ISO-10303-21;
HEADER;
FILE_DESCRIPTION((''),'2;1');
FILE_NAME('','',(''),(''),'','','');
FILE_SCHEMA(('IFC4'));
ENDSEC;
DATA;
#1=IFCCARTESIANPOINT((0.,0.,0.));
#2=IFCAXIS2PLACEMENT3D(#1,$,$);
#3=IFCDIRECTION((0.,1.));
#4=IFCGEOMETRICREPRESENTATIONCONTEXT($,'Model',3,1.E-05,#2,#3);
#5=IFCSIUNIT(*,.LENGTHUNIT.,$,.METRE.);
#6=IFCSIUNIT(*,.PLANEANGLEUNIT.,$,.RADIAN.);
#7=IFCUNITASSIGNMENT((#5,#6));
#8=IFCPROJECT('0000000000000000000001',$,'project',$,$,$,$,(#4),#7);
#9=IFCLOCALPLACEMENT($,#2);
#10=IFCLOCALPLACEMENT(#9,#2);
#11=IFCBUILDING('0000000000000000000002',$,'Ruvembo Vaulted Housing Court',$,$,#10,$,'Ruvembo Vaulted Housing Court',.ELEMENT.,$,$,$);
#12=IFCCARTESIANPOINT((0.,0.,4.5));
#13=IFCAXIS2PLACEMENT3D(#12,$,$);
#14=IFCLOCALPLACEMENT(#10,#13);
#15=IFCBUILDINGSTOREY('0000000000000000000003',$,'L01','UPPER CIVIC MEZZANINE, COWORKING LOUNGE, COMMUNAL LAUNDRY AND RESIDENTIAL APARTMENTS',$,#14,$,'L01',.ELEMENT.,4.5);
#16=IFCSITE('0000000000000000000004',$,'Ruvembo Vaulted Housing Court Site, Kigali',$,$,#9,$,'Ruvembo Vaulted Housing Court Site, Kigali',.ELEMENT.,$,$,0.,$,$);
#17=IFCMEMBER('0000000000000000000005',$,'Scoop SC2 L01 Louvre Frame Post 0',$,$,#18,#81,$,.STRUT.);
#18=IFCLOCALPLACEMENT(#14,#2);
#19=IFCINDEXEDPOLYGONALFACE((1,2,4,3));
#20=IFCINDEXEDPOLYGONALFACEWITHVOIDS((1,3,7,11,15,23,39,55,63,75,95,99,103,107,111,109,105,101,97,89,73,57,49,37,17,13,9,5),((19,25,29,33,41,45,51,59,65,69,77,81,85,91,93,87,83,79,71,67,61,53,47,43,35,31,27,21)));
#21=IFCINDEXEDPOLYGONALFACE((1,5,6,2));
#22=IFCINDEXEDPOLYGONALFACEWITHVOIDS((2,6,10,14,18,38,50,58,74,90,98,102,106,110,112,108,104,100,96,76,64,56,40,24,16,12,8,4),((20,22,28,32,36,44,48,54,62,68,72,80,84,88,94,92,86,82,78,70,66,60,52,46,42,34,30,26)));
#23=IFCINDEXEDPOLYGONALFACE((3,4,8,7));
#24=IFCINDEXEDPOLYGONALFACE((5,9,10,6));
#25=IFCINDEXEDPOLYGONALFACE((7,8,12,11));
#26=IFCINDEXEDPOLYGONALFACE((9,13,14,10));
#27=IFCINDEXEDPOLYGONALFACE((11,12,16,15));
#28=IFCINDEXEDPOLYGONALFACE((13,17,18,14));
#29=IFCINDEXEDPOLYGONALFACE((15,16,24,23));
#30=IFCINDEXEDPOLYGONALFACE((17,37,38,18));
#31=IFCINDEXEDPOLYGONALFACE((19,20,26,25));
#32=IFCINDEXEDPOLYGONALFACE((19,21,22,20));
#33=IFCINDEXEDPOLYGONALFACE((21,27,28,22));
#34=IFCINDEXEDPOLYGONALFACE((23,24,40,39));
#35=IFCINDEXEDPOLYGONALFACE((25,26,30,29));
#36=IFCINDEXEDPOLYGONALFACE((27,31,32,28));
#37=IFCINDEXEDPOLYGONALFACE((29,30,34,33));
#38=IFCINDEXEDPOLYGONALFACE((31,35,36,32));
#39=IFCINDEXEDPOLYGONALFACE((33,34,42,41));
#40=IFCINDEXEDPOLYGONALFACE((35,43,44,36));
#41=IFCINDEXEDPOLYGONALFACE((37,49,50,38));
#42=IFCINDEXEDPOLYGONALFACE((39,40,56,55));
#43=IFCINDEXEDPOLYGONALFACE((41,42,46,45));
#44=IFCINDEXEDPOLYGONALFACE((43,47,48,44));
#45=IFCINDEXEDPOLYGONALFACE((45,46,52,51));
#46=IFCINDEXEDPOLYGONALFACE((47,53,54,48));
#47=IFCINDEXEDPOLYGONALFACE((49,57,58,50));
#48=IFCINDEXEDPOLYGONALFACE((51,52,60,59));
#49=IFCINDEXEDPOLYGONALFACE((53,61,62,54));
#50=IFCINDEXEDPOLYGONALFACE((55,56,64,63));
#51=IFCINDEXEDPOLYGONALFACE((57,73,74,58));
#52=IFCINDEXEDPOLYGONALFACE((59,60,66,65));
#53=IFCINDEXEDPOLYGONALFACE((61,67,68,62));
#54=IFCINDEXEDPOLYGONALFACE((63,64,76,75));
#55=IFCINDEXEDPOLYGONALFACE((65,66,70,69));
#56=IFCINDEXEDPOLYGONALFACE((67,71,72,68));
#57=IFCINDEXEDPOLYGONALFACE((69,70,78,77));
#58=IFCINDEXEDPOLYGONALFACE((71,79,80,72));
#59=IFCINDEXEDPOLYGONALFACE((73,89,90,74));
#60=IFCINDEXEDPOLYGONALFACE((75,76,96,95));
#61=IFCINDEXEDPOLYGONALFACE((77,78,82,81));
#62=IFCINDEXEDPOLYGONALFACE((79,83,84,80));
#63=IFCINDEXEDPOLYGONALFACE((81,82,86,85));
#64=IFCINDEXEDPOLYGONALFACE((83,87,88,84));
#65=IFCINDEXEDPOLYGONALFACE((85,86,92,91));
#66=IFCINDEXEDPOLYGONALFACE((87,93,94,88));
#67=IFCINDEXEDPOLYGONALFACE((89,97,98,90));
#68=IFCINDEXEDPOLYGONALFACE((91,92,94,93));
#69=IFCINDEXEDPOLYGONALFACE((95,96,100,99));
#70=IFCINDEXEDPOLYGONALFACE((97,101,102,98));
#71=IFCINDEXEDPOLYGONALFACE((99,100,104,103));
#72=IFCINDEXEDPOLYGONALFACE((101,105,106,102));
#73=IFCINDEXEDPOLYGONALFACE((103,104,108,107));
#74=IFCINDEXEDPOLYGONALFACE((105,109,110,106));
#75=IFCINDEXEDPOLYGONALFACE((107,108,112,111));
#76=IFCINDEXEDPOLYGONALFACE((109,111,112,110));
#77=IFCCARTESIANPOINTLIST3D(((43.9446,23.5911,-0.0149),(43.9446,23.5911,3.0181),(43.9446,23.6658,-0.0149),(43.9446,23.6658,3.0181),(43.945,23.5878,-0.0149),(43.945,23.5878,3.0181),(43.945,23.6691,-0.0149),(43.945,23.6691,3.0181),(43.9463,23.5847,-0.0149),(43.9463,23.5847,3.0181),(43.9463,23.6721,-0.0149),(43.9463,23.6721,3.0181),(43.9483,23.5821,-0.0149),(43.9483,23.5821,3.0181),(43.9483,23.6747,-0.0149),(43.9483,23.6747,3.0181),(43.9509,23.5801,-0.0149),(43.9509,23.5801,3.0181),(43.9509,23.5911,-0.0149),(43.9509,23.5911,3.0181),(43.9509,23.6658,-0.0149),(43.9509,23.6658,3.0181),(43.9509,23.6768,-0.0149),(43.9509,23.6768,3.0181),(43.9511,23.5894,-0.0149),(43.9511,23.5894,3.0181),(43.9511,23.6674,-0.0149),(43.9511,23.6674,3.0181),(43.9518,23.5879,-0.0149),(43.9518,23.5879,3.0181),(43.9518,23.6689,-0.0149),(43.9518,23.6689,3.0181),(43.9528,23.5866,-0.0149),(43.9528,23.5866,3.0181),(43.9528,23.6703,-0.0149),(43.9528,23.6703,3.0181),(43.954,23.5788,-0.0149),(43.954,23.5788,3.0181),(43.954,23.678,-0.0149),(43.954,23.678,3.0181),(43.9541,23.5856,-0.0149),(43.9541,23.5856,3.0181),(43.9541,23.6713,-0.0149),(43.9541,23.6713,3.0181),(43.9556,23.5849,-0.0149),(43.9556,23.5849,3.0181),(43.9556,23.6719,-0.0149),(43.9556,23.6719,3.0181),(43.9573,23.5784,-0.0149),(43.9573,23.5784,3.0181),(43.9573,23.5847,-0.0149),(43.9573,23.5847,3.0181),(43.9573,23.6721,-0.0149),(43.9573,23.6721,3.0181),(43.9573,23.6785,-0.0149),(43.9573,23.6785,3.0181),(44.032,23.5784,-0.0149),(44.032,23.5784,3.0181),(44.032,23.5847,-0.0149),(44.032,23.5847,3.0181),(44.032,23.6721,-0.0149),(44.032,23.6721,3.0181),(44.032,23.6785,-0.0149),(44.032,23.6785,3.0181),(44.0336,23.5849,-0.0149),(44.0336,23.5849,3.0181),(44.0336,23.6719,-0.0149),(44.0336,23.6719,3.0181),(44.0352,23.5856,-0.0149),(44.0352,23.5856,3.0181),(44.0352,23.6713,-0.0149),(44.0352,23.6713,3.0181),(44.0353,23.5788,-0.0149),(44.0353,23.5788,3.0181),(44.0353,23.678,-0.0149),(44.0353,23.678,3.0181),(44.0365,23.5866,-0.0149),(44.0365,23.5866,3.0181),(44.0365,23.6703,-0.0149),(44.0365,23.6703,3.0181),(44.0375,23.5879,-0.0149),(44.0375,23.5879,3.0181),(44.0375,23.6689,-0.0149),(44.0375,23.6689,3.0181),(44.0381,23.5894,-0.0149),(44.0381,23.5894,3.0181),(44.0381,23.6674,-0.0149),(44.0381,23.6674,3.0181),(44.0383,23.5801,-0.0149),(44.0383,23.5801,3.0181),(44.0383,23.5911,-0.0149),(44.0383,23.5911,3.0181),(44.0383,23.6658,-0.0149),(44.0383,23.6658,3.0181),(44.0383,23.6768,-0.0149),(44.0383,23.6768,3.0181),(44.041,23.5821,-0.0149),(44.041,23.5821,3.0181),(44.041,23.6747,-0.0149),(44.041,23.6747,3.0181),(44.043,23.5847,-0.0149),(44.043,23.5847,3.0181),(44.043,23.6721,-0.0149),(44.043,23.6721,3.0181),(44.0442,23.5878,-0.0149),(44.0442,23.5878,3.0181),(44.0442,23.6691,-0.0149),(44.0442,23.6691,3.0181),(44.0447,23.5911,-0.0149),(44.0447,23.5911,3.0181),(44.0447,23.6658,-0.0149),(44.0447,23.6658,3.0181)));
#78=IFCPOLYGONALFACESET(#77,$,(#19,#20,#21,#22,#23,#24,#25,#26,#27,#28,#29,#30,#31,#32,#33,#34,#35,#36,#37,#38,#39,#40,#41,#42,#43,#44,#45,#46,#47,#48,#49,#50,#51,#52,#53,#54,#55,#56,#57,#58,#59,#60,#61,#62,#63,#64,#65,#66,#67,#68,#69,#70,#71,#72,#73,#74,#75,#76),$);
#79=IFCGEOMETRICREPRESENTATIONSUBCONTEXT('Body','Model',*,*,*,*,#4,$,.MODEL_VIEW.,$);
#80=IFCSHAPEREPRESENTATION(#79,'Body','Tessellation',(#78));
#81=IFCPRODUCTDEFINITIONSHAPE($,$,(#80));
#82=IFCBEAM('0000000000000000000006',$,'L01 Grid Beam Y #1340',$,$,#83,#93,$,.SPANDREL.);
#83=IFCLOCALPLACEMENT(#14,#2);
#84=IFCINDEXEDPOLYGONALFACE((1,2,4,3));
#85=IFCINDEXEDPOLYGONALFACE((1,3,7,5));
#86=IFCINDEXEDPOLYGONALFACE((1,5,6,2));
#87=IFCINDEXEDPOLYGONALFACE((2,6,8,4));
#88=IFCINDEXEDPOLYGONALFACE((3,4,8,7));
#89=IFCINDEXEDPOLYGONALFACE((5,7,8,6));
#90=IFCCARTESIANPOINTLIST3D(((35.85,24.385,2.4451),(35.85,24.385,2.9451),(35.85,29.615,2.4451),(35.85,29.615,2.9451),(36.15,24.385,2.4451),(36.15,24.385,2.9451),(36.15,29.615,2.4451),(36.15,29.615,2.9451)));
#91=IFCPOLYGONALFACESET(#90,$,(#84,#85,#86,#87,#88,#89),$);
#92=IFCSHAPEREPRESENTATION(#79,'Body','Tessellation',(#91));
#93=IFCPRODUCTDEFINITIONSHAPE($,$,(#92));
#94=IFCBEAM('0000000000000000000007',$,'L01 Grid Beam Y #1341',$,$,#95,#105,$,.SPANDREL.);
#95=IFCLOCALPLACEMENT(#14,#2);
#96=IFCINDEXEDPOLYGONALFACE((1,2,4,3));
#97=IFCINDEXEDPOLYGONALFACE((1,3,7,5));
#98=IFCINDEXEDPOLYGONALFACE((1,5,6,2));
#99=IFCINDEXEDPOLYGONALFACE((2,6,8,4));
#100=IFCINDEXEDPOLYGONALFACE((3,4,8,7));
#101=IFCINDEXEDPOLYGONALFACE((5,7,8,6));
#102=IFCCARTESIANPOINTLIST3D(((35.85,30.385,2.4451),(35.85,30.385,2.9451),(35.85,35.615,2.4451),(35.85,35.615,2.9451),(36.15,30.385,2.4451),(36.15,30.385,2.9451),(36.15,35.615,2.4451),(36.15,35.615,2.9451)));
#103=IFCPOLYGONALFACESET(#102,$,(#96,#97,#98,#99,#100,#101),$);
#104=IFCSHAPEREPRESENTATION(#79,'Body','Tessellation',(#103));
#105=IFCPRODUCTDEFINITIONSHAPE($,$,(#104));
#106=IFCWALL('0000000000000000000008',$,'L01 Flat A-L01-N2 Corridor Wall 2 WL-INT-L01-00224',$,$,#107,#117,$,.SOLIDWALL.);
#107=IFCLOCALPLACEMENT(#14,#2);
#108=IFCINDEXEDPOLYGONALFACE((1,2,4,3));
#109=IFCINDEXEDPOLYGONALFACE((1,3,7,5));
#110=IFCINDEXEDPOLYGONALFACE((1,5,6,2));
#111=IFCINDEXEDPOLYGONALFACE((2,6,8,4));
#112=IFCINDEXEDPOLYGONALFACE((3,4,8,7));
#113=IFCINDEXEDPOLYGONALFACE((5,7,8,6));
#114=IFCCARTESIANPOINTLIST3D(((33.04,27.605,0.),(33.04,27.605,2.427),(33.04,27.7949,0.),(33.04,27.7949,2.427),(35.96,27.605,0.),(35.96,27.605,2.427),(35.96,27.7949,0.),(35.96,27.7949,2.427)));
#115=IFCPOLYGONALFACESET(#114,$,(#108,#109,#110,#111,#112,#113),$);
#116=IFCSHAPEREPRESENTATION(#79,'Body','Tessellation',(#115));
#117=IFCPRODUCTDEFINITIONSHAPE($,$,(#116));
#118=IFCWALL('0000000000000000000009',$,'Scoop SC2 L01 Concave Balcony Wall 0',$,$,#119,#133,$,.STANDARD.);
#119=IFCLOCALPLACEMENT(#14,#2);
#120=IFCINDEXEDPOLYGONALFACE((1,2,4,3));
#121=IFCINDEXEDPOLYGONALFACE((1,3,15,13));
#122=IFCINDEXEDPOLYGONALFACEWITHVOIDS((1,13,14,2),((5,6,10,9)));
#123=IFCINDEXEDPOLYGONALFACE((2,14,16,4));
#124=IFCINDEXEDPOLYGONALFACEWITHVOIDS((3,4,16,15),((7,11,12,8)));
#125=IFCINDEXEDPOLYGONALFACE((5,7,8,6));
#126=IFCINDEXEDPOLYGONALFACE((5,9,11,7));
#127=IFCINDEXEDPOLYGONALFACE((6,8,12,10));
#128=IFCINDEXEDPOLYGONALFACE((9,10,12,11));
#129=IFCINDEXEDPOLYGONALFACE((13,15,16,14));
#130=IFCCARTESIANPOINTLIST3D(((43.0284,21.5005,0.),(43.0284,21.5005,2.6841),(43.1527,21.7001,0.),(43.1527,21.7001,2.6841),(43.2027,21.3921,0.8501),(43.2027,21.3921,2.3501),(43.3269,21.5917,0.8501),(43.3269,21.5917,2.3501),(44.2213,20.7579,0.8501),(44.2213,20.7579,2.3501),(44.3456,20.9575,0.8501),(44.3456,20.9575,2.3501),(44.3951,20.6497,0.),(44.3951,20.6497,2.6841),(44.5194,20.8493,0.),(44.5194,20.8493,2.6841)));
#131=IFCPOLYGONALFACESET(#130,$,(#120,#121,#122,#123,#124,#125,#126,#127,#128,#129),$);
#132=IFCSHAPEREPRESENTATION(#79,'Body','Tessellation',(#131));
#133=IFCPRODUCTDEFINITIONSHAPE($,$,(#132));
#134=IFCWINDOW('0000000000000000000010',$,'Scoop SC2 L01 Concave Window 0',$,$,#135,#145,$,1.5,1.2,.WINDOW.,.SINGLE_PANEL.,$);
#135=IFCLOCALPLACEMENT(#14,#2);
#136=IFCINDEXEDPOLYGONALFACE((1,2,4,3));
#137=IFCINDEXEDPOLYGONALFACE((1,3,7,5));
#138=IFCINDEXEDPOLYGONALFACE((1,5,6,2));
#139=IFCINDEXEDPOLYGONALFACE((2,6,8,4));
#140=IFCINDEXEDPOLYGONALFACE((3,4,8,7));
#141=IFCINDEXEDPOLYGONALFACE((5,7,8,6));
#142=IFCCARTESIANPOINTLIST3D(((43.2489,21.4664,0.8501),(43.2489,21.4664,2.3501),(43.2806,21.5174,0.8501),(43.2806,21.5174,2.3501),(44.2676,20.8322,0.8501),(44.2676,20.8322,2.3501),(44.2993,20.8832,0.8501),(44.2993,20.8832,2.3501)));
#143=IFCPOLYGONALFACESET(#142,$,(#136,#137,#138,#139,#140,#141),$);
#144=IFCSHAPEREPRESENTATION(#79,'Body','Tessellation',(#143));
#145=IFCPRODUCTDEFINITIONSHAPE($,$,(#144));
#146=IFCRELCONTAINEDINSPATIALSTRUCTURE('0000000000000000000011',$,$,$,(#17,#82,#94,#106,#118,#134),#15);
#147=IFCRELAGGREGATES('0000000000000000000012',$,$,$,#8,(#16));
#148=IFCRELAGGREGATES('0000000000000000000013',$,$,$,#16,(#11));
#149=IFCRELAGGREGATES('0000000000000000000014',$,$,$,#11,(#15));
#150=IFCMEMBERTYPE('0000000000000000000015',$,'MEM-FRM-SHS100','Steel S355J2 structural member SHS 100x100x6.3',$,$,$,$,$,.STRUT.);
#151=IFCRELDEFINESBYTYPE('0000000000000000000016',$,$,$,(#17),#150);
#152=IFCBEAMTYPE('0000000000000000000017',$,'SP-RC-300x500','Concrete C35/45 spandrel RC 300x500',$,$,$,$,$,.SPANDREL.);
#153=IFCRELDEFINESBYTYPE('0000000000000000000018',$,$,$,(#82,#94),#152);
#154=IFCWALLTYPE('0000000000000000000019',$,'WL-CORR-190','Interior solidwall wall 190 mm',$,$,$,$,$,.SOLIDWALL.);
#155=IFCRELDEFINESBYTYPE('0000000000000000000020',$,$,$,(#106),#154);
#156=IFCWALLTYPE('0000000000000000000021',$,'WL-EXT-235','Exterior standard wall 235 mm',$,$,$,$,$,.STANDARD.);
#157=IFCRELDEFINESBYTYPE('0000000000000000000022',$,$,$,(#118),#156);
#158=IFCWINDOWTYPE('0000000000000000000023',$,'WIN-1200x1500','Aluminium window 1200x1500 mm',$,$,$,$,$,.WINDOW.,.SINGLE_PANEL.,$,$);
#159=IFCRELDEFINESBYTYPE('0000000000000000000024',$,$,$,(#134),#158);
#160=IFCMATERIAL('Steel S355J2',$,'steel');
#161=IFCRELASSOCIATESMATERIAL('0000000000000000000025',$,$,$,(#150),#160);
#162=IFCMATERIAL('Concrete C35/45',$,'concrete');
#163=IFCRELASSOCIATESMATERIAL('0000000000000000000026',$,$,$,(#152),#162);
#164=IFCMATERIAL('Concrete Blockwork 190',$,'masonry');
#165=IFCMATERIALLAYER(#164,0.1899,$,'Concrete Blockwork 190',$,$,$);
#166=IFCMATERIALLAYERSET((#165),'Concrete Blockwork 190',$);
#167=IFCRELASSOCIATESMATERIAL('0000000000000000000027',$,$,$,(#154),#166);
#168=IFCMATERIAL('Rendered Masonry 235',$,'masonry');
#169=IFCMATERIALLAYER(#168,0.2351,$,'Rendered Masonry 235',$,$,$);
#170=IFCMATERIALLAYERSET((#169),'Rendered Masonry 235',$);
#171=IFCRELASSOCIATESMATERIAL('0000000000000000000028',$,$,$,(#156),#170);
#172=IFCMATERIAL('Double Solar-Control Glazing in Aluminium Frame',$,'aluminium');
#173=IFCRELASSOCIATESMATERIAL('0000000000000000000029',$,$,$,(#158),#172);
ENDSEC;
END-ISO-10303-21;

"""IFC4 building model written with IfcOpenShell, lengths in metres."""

from ifc_helpers import new_model, si_unit, direction, frame, frame_2d, origin, origin_2d, place, context, subcontext, project, spatial, rectangle, hollow_rectangle, extrude, material, layer, layer_set, material_profile, profile_set, type_object, element, fill, save


model = new_model("IFC4")

# Units and contexts
model_context = context("Model", 3, precision=1e-05, world=origin(), true_north=direction((0.0, 1.0)))
body_context = subcontext(model_context, "Body", "Model", "MODEL_VIEW")
ifc_project = project(units=[si_unit("LENGTHUNIT", "METRE"), si_unit("PLANEANGLEUNIT", "RADIAN")], contexts=[model_context])

# Site, building, storey
site_placement = place(None, origin())
site = spatial("IfcSite", under=ifc_project, at=site_placement, Name="Ruvembo Vaulted Housing Court Site, Kigali", LongName="Ruvembo Vaulted Housing Court Site, Kigali", CompositionType="ELEMENT", RefElevation=0.0)
building_placement = place(site_placement, origin())
building = spatial("IfcBuilding", under=site, at=building_placement, Name="Ruvembo Vaulted Housing Court", LongName="Ruvembo Vaulted Housing Court", CompositionType="ELEMENT")
storey_placement = place(building_placement, frame((0.0, 0.0, 4.5)))
storey = spatial("IfcBuildingStorey", under=building, at=storey_placement, Name="L01", Description="UPPER CIVIC MEZZANINE, COWORKING LOUNGE, COMMUNAL LAUNDRY AND RESIDENTIAL APARTMENTS", LongName="L01", CompositionType="ELEMENT", Elevation=4.5)

# Shared definitions
ifc_material_1 = material(Name="Steel S355J2", Category="steel")

# Member
ifc_material_profile_1 = material_profile(ifc_material_1, hollow_rectangle(XDim=0.1001, YDim=0.1001, WallThickness=0.0063, InnerFilletRadius=0.0063, OuterFilletRadius=0.0127, at=origin_2d()), Name="SHS 100x100x6.3")
ifc_profile_set_1 = profile_set([ifc_material_profile_1], Name="Steel S355J2")
member_type_1 = type_object("IfcMemberType", Name="MEM-FRM-SHS100", Description="Steel S355J2 structural member SHS 100x100x6.3", PredefinedType="STRUT", material=ifc_profile_set_1)
member_1_placement = place(storey_placement, frame((43.9946, 23.6284, -0.0149), z_axis=(0.0, 0.0, 1.0), x_axis=(1.0, 0.0, 0.0)))
element("IfcMember", 1, at=member_1_placement, inside=storey, type_object=member_type_1, Name="Scoop SC2 L01 Louvre Frame Post 0", PredefinedType="STRUT", context=body_context, shape_type="SweptSolid", body=[
    extrude(hollow_rectangle(XDim=0.1001, YDim=0.1001, WallThickness=0.0063, InnerFilletRadius=0.0063, OuterFilletRadius=0.0127, at=origin_2d()), origin(), (0.0, 0.0, 1.0), 3.033),
])

# Beams
ifc_material_2 = material(Name="Concrete C35/45", Category="concrete")
ifc_material_profile_2 = material_profile(ifc_material_2, rectangle(XDim=0.3, YDim=0.5, at=origin_2d()), Name="RC 300x500")
ifc_profile_set_2 = profile_set([ifc_material_profile_2], Name="Concrete C35/45")
beam_type_1 = type_object("IfcBeamType", Name="SP-RC-300x500", Description="Concrete C35/45 spandrel RC 300x500", PredefinedType="SPANDREL", material=ifc_profile_set_2)
for number, where, z_axis, x_axis, name in (
    (2, (36.0, 24.385, 2.6951), (0.0, 1.0, 0.0), (-1.0, 0.0, 0.0), "L01 Grid Beam Y #1340"),
    (3, (36.0, 30.385, 2.6951), (0.0, 1.0, 0.0), (-1.0, 0.0, 0.0), "L01 Grid Beam Y #1341"),
):
    element("IfcBeam", number, at=place(storey_placement, frame(where, z_axis=z_axis, x_axis=x_axis)), inside=storey, type_object=beam_type_1, Name=name, PredefinedType="SPANDREL", context=body_context, shape_type="SweptSolid", body=[
        extrude(rectangle(XDim=0.3, YDim=0.5, at=origin_2d()), origin(), (0.0, 0.0, 1.0), 5.23),
    ])

# Wall
ifc_material_3 = material(Name="Concrete Blockwork 190", Category="masonry")
ifc_layer_1 = layer(ifc_material_3, 0.1899, Name="Concrete Blockwork 190")
ifc_layer_set_1 = layer_set([ifc_layer_1], Name="Concrete Blockwork 190")
wall_type_1 = type_object("IfcWallType", Name="WL-CORR-190", Description="Interior solidwall wall 190 mm", PredefinedType="SOLIDWALL", material=ifc_layer_set_1)
wall_1_placement = place(storey_placement, frame((33.04, 27.7, 0.0), z_axis=(0.0, 0.0, 1.0), x_axis=(1.0, 0.0, 0.0)))
element("IfcWall", 4, at=wall_1_placement, inside=storey, type_object=wall_type_1, Name="L01 Flat A-L01-N2 Corridor Wall 2 WL-INT-L01-00224", PredefinedType="SOLIDWALL", context=body_context, shape_type="SweptSolid", body=[
    extrude(rectangle(XDim=2.9199, YDim=0.1899, at=frame_2d((1.46, 0.0))), origin(), (0.0, 0.0, 1.0), 2.427),
])

# Wall, opening, window
ifc_material_4 = material(Name="Rendered Masonry 235", Category="masonry")
ifc_layer_2 = layer(ifc_material_4, 0.2351, Name="Rendered Masonry 235")
ifc_layer_set_2 = layer_set([ifc_layer_2], Name="Rendered Masonry 235")
wall_type_2 = type_object("IfcWallType", Name="WL-EXT-235", Description="Exterior standard wall 235 mm", PredefinedType="STANDARD", material=ifc_layer_set_2)
wall_2_placement = place(storey_placement, frame((43.0906, 21.6003, 0.0), z_axis=(0.0, 0.0, 1.0), x_axis=(0.848934, -0.528499, 0.0)))
wall_2 = element("IfcWall", 5, at=wall_2_placement, inside=storey, type_object=wall_type_2, Name="Scoop SC2 L01 Concave Balcony Wall 0", PredefinedType="STANDARD", context=body_context, shape_type="SweptSolid", body=[
    extrude(rectangle(XDim=1.6099, YDim=0.2351, at=frame_2d((0.8049, 0.0))), origin(), (0.0, 0.0, 1.0), 2.6841),
])
opening_1_placement = place(wall_2_placement, frame((0.2051, 0.0, 0.8501)))
opening_1 = element("IfcOpeningElement", 6, at=opening_1_placement, cuts=wall_2, PredefinedType="OPENING", context=body_context, shape_type="SweptSolid", body=[
    extrude(rectangle(XDim=1.2, YDim=1.5, at=frame_2d((0.6001, 0.75))), frame((0.0, 0.1274, 0.0), z_axis=(0.0, -1.0, 0.0), x_axis=(1.0, 0.0, 0.0)), (0.0, 0.0, 1.0), 0.2551),
])
ifc_material_5 = material(Name="Double Solar-Control Glazing in Aluminium Frame", Category="aluminium")
window_type_1 = type_object("IfcWindowType", Name="WIN-1200x1500", Description="Aluminium window 1200x1500 mm", PartitioningType="SINGLE_PANEL", PredefinedType="WINDOW", material=ifc_material_5)
window_1_placement = place(opening_1_placement, origin())
window_1 = element("IfcWindow", 7, at=window_1_placement, inside=storey, type_object=window_type_1, Name="Scoop SC2 L01 Concave Window 0", OverallHeight=1.5, OverallWidth=1.2, PartitioningType="SINGLE_PANEL", PredefinedType="WINDOW", context=body_context, shape_type="SweptSolid", body=[
    extrude(rectangle(XDim=1.2, YDim=1.5, at=frame_2d((0.6001, 0.75))), frame((0.0, 0.03, 0.0), z_axis=(0.0, -1.0, 0.0), x_axis=(1.0, 0.0, 0.0)), (0.0, 0.0, 1.0), 0.0601),
])
fill(opening_1, window_1)

save(model, "model.ifc")
